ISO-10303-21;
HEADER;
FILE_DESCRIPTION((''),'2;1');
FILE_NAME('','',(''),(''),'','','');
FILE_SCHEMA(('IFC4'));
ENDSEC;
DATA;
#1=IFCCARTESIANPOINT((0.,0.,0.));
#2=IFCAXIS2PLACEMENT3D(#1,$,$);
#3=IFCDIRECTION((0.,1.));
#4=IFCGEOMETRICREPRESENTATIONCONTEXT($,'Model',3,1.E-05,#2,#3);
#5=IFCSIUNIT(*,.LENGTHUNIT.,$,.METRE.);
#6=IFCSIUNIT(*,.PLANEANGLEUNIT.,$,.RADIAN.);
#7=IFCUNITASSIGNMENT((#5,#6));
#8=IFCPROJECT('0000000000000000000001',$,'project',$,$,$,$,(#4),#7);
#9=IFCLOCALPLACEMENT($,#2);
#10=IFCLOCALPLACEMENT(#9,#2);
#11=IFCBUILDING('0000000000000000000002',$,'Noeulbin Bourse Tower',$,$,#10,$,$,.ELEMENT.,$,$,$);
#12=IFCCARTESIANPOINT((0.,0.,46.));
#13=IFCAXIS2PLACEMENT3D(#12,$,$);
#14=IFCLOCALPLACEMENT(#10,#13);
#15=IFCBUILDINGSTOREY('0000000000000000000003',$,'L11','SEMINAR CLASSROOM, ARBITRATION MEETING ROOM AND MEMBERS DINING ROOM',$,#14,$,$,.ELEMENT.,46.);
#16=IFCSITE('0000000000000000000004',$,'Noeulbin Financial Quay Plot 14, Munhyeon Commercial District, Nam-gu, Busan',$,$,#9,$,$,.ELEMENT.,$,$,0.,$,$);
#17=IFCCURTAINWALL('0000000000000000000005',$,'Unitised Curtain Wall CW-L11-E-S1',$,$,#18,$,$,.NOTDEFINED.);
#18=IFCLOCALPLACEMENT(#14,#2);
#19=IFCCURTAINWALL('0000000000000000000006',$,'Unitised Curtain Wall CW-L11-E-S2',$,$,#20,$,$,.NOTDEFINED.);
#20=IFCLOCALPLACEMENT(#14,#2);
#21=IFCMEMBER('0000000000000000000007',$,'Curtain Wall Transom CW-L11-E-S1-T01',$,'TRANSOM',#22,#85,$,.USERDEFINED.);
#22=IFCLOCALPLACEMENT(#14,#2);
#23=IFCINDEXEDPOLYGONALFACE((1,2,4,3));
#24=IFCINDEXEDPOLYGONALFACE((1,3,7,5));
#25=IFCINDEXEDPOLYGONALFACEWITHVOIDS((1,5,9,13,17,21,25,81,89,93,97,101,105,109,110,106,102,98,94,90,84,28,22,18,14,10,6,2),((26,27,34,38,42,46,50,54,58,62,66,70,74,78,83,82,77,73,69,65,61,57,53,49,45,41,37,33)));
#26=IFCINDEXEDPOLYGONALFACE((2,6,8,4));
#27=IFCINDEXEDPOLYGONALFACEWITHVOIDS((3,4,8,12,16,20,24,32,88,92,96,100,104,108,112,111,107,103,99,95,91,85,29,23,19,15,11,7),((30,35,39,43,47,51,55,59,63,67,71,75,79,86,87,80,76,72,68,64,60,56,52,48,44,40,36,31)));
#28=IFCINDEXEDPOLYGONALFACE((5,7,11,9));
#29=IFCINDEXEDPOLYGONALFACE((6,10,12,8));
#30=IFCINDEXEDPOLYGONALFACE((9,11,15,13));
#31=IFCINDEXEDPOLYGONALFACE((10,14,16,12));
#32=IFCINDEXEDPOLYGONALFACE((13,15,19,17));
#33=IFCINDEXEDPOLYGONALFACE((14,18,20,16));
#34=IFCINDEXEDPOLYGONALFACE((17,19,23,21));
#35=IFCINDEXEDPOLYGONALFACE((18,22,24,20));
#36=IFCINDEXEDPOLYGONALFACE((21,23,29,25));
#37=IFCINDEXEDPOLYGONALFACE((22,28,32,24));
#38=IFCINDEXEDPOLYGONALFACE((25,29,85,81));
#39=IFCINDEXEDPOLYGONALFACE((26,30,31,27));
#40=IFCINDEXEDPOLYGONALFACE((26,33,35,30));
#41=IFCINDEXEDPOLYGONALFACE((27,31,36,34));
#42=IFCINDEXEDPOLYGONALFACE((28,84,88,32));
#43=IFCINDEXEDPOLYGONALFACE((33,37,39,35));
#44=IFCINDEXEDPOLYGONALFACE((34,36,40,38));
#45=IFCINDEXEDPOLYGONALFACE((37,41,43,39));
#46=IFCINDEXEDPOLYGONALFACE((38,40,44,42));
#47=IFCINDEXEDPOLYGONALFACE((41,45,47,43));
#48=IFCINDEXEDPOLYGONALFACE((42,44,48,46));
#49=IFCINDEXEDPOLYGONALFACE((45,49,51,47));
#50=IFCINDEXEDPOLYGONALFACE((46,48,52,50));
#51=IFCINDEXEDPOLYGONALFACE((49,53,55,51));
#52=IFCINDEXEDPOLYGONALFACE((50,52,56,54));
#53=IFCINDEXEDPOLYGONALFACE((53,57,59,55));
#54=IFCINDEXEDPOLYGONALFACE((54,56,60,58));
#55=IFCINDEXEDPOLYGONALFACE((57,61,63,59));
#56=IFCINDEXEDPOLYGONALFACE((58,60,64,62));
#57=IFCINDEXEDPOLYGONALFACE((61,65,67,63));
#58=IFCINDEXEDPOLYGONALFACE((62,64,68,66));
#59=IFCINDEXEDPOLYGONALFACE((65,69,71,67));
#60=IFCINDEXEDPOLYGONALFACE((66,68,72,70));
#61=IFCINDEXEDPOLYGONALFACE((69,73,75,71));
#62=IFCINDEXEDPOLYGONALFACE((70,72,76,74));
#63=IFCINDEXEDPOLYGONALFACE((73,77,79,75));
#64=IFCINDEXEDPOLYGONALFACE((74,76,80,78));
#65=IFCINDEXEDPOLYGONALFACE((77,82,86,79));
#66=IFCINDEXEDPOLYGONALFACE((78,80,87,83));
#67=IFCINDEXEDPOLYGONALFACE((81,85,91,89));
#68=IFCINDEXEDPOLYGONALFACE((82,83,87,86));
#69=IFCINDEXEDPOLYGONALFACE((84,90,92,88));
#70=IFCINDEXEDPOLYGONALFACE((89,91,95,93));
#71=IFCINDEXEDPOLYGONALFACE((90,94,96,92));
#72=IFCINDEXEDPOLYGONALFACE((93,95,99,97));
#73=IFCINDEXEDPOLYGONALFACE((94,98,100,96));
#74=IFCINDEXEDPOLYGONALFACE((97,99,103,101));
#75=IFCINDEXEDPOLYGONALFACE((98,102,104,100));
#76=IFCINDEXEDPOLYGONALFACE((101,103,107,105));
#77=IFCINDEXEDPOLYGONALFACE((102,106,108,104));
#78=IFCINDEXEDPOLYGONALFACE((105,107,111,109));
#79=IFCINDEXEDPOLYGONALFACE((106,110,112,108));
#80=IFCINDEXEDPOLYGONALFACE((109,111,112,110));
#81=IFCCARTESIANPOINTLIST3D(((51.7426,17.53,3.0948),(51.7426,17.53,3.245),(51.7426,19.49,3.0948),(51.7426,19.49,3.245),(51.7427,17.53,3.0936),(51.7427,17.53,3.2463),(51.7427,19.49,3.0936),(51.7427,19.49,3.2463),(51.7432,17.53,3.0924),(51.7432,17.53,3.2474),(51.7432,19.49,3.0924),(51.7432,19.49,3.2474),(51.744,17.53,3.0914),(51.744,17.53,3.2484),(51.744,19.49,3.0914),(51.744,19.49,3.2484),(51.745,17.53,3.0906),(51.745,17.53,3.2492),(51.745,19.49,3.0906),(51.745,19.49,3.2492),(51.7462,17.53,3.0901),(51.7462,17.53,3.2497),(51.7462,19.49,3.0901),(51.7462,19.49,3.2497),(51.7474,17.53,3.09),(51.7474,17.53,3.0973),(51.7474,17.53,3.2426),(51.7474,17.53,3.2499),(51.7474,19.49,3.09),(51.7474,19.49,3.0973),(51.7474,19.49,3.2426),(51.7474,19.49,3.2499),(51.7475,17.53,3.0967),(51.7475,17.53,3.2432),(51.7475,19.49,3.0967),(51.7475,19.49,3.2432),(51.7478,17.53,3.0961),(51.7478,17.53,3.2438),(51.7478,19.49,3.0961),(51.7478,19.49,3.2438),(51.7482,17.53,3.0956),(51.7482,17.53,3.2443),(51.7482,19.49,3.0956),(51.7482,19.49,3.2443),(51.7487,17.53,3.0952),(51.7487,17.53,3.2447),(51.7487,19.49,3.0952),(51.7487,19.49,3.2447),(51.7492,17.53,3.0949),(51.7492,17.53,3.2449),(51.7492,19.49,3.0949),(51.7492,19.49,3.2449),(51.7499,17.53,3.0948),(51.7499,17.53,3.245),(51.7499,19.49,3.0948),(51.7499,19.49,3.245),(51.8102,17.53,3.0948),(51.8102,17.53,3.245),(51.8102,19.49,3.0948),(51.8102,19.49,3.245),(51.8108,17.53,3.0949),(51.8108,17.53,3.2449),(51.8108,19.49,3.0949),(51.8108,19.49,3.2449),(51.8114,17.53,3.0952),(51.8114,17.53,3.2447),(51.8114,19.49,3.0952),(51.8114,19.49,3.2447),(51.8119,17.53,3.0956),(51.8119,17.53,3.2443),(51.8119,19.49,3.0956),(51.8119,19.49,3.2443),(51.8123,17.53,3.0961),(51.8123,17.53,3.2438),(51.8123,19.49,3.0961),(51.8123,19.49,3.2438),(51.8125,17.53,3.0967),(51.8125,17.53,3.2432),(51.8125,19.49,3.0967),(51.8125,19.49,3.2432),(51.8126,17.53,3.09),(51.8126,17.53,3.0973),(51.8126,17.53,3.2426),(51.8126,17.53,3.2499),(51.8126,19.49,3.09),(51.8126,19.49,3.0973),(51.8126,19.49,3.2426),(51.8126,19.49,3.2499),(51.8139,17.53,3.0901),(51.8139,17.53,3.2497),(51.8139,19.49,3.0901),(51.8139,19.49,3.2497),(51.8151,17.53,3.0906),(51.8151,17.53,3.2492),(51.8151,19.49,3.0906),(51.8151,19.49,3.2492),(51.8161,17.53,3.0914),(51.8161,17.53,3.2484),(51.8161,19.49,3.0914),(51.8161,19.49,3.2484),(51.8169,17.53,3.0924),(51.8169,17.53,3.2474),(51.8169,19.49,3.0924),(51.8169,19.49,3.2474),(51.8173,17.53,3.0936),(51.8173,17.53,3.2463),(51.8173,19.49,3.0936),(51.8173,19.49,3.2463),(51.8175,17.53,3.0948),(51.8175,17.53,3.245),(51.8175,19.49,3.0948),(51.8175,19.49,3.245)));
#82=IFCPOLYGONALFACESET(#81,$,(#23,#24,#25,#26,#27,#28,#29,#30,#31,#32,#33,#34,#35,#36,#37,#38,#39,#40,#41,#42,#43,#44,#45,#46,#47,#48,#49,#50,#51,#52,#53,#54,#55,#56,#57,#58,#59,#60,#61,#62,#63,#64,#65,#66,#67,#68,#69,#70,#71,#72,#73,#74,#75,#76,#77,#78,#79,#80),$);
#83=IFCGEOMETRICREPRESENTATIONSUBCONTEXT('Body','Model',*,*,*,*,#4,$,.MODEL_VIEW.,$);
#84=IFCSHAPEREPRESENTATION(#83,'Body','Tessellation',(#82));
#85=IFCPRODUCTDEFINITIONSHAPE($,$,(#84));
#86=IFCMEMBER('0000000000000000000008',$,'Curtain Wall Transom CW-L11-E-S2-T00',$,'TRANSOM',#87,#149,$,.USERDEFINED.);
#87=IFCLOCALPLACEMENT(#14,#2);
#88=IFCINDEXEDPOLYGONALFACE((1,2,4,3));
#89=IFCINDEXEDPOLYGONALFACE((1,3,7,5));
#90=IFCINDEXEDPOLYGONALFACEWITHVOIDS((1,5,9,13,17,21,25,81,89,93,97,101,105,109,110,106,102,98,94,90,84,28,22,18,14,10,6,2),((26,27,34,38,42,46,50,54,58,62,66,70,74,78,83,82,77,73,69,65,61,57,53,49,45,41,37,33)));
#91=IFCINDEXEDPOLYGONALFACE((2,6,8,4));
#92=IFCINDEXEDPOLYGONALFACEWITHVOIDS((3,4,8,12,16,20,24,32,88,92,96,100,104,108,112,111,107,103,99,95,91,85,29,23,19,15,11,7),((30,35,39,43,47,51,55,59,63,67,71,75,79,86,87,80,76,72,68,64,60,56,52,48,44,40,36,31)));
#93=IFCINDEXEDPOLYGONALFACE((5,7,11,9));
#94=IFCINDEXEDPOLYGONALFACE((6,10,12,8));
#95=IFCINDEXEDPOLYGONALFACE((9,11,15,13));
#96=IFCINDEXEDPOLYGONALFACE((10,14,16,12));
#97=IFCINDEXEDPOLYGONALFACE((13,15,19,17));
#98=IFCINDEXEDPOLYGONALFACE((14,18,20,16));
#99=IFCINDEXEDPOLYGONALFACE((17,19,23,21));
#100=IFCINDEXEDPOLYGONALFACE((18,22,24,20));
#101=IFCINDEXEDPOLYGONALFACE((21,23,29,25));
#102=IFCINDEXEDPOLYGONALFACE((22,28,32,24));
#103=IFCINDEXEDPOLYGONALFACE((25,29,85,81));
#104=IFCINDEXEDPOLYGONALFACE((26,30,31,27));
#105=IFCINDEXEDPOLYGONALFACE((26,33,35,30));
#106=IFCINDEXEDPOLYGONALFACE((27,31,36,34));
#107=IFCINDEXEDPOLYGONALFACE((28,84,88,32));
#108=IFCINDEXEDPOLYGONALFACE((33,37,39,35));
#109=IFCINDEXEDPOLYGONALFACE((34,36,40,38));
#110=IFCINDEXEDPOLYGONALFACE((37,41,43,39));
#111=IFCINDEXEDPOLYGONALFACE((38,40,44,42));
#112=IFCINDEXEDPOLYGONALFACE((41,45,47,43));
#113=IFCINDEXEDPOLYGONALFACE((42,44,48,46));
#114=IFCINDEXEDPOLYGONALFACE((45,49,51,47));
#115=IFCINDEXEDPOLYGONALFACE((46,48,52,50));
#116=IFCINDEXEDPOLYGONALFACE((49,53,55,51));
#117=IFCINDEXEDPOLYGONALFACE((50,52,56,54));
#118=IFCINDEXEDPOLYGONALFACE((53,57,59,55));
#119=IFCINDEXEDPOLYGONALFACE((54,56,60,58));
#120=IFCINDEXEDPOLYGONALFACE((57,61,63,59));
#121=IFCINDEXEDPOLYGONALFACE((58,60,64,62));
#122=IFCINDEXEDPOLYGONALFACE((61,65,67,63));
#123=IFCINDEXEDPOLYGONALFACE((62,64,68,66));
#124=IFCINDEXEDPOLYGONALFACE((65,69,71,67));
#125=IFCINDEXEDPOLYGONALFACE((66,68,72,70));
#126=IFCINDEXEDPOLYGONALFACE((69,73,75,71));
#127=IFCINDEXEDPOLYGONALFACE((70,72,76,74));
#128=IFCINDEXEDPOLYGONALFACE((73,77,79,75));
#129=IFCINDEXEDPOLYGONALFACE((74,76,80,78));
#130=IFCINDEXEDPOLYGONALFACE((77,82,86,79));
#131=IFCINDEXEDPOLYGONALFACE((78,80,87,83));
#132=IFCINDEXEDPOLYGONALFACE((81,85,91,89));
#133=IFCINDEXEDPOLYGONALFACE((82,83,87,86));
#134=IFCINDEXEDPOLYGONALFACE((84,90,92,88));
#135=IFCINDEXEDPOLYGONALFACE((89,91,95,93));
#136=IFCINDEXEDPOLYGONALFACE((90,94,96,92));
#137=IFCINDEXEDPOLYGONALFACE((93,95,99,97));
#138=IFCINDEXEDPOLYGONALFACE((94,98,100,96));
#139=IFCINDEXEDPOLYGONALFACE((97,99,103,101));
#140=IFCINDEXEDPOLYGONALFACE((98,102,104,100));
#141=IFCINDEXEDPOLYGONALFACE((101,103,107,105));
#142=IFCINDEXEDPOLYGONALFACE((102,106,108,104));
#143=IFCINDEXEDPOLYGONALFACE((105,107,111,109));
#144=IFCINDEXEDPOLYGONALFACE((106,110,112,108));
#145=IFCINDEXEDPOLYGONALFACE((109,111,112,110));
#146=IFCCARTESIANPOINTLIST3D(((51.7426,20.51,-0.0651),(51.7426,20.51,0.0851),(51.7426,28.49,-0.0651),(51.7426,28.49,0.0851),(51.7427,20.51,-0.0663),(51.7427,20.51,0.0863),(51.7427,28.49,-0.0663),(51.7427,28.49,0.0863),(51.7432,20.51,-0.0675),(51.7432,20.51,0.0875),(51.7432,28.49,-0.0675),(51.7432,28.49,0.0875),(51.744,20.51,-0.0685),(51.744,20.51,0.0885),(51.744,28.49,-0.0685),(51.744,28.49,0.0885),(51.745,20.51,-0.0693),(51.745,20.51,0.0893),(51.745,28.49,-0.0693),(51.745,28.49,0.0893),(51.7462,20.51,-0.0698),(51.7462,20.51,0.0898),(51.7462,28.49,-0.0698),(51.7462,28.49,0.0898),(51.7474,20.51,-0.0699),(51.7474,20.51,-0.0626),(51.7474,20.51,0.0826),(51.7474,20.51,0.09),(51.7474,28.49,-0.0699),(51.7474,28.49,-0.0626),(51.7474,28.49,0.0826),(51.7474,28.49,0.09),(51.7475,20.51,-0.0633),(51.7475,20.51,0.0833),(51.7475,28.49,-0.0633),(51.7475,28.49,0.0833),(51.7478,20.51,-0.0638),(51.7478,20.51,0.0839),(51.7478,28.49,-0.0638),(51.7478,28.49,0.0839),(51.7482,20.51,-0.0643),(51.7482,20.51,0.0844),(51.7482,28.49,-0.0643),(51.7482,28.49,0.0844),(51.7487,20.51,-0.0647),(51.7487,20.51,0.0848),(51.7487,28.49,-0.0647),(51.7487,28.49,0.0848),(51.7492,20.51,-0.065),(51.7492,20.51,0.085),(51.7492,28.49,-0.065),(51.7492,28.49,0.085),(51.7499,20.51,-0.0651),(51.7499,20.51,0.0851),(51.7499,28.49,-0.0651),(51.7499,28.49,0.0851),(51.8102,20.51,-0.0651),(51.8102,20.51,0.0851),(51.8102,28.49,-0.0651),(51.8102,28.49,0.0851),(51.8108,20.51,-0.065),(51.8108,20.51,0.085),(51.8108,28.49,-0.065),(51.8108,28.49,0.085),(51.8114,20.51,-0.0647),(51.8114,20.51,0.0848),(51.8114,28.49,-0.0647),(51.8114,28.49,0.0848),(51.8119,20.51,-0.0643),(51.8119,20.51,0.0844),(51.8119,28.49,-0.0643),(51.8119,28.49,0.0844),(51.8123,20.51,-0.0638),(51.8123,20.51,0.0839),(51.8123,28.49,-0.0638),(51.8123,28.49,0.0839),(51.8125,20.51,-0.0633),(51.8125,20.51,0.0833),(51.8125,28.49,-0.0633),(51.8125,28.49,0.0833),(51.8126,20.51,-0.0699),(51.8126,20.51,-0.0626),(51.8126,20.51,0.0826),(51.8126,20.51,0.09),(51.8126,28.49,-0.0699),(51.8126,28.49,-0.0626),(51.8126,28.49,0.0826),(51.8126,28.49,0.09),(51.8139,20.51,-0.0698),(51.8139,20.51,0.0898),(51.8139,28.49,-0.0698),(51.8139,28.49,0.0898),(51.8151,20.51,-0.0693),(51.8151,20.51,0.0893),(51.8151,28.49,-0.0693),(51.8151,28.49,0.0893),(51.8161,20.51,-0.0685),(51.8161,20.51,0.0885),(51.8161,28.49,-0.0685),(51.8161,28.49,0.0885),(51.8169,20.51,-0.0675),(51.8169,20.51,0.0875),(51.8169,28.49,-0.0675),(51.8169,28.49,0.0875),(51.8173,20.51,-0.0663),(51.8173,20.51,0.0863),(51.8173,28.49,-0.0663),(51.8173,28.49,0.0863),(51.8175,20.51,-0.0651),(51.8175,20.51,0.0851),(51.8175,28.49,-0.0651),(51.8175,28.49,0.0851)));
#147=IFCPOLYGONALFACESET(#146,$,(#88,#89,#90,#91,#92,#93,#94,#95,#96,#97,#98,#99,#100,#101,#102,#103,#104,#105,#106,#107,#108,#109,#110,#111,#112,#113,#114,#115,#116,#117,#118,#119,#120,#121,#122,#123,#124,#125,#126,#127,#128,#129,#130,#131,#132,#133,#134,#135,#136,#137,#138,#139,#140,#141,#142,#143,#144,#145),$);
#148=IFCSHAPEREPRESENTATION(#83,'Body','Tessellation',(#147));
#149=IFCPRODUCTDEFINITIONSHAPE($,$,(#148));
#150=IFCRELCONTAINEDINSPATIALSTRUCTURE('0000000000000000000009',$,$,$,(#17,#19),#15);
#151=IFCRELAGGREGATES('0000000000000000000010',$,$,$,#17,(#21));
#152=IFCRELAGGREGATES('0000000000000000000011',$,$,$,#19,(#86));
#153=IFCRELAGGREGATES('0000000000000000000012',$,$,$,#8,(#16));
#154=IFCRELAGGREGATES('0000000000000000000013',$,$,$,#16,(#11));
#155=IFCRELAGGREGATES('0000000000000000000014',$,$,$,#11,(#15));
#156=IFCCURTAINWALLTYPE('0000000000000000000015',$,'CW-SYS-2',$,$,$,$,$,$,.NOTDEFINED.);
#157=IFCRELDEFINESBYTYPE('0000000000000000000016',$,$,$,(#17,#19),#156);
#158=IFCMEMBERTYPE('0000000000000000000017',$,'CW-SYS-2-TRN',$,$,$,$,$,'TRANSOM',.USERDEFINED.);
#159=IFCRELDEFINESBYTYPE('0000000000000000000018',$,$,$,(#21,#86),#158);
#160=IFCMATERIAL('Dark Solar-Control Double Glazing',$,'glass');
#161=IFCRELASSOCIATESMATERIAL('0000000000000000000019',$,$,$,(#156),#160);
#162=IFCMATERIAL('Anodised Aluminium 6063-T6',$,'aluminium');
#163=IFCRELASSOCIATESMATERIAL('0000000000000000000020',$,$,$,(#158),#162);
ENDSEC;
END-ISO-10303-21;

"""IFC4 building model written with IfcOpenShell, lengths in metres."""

from ifc_helpers import new_model, si_unit, direction, frame, origin, origin_2d, place, context, subcontext, project, spatial, hollow_rectangle, extrude, material, material_profile, profile_set, type_object, element, aggregate, save


model = new_model("IFC4")

# Units and contexts
model_context = context("Model", 3, precision=1e-05, world=origin(), true_north=direction((0.0, 1.0)))
body_context = subcontext(model_context, "Body", "Model", "MODEL_VIEW")
ifc_project = project(units=[si_unit("LENGTHUNIT", "METRE"), si_unit("PLANEANGLEUNIT", "RADIAN")], contexts=[model_context])

# Site, building, storey
site_placement = place(None, origin())
site = spatial("IfcSite", under=ifc_project, at=site_placement, Name="Noeulbin Financial Quay Plot 14, Munhyeon Commercial District, Nam-gu, Busan", CompositionType="ELEMENT", RefElevation=0.0)
building_placement = place(site_placement, origin())
building = spatial("IfcBuilding", under=site, at=building_placement, Name="Noeulbin Bourse Tower", CompositionType="ELEMENT")
storey_placement = place(building_placement, frame((0.0, 0.0, 46.0)))
storey = spatial("IfcBuildingStorey", under=building, at=storey_placement, Name="L11", Description="SEMINAR CLASSROOM, ARBITRATION MEETING ROOM AND MEMBERS DINING ROOM", CompositionType="ELEMENT", Elevation=46.0)

# Curtain walls
ifc_material_1 = material(Name="Dark Solar-Control Double Glazing", Category="glass")
curtain_wall_type = type_object("IfcCurtainWallType", Name="CW-SYS-2", PredefinedType="NOTDEFINED", material=ifc_material_1)
ifc_material_2 = material(Name="Anodised Aluminium 6063-T6", Category="aluminium")
curtain_wall_1_placement = place(storey_placement, origin())
curtain_wall_1 = element("IfcCurtainWall", 1, at=curtain_wall_1_placement, inside=storey, type_object=curtain_wall_type, Name="Unitised Curtain Wall CW-L11-E-S1", PredefinedType="NOTDEFINED")
curtain_wall_2_placement = place(storey_placement, origin())
curtain_wall_2 = element("IfcCurtainWall", 2, at=curtain_wall_2_placement, inside=storey, type_object=curtain_wall_type, Name="Unitised Curtain Wall CW-L11-E-S2", PredefinedType="NOTDEFINED")

# Members
ifc_material_profile_1 = material_profile(ifc_material_2, hollow_rectangle(XDim=0.075, YDim=0.1599, WallThickness=0.0049, InnerFilletRadius=0.0024, OuterFilletRadius=0.0049, at=origin_2d()), Name="ALU-TRAN-75x160x5", Category="LoadBearing")
ifc_profile_set_1 = profile_set([ifc_material_profile_1], Name="Anodised Aluminium 6063-T6")
member_type_1 = type_object("IfcMemberType", Name="CW-SYS-2-TRN", ElementType="TRANSOM", PredefinedType="USERDEFINED", material=ifc_profile_set_1)
member_1_placement = place(storey_placement, frame((51.78, 17.53, 3.1699), z_axis=(0.0, 1.0, 0.0), x_axis=(-1.0, 0.0, 0.0)))
member_1 = element("IfcMember", 3, at=member_1_placement, type_object=member_type_1, Name="Curtain Wall Transom CW-L11-E-S1-T01", ObjectType="TRANSOM", PredefinedType="USERDEFINED", context=body_context, shape_type="SweptSolid", body=[
    extrude(hollow_rectangle(XDim=0.075, YDim=0.1599, WallThickness=0.0049, InnerFilletRadius=0.0024, OuterFilletRadius=0.0049, at=origin_2d()), origin(), (0.0, 0.0, 1.0), 1.96),
])
member_2_placement = place(storey_placement, frame((51.78, 20.51, 0.01), z_axis=(0.0, 1.0, 0.0), x_axis=(-1.0, 0.0, 0.0)))
member_2 = element("IfcMember", 4, at=member_2_placement, type_object=member_type_1, Name="Curtain Wall Transom CW-L11-E-S2-T00", ObjectType="TRANSOM", PredefinedType="USERDEFINED", context=body_context, shape_type="SweptSolid", body=[
    extrude(hollow_rectangle(XDim=0.075, YDim=0.1599, WallThickness=0.0049, InnerFilletRadius=0.0024, OuterFilletRadius=0.0049, at=origin_2d()), origin(), (0.0, 0.0, 1.0), 7.98),
])

aggregate(curtain_wall_1, [member_1])
aggregate(curtain_wall_2, [member_2])

save(model, "model.ifc")
